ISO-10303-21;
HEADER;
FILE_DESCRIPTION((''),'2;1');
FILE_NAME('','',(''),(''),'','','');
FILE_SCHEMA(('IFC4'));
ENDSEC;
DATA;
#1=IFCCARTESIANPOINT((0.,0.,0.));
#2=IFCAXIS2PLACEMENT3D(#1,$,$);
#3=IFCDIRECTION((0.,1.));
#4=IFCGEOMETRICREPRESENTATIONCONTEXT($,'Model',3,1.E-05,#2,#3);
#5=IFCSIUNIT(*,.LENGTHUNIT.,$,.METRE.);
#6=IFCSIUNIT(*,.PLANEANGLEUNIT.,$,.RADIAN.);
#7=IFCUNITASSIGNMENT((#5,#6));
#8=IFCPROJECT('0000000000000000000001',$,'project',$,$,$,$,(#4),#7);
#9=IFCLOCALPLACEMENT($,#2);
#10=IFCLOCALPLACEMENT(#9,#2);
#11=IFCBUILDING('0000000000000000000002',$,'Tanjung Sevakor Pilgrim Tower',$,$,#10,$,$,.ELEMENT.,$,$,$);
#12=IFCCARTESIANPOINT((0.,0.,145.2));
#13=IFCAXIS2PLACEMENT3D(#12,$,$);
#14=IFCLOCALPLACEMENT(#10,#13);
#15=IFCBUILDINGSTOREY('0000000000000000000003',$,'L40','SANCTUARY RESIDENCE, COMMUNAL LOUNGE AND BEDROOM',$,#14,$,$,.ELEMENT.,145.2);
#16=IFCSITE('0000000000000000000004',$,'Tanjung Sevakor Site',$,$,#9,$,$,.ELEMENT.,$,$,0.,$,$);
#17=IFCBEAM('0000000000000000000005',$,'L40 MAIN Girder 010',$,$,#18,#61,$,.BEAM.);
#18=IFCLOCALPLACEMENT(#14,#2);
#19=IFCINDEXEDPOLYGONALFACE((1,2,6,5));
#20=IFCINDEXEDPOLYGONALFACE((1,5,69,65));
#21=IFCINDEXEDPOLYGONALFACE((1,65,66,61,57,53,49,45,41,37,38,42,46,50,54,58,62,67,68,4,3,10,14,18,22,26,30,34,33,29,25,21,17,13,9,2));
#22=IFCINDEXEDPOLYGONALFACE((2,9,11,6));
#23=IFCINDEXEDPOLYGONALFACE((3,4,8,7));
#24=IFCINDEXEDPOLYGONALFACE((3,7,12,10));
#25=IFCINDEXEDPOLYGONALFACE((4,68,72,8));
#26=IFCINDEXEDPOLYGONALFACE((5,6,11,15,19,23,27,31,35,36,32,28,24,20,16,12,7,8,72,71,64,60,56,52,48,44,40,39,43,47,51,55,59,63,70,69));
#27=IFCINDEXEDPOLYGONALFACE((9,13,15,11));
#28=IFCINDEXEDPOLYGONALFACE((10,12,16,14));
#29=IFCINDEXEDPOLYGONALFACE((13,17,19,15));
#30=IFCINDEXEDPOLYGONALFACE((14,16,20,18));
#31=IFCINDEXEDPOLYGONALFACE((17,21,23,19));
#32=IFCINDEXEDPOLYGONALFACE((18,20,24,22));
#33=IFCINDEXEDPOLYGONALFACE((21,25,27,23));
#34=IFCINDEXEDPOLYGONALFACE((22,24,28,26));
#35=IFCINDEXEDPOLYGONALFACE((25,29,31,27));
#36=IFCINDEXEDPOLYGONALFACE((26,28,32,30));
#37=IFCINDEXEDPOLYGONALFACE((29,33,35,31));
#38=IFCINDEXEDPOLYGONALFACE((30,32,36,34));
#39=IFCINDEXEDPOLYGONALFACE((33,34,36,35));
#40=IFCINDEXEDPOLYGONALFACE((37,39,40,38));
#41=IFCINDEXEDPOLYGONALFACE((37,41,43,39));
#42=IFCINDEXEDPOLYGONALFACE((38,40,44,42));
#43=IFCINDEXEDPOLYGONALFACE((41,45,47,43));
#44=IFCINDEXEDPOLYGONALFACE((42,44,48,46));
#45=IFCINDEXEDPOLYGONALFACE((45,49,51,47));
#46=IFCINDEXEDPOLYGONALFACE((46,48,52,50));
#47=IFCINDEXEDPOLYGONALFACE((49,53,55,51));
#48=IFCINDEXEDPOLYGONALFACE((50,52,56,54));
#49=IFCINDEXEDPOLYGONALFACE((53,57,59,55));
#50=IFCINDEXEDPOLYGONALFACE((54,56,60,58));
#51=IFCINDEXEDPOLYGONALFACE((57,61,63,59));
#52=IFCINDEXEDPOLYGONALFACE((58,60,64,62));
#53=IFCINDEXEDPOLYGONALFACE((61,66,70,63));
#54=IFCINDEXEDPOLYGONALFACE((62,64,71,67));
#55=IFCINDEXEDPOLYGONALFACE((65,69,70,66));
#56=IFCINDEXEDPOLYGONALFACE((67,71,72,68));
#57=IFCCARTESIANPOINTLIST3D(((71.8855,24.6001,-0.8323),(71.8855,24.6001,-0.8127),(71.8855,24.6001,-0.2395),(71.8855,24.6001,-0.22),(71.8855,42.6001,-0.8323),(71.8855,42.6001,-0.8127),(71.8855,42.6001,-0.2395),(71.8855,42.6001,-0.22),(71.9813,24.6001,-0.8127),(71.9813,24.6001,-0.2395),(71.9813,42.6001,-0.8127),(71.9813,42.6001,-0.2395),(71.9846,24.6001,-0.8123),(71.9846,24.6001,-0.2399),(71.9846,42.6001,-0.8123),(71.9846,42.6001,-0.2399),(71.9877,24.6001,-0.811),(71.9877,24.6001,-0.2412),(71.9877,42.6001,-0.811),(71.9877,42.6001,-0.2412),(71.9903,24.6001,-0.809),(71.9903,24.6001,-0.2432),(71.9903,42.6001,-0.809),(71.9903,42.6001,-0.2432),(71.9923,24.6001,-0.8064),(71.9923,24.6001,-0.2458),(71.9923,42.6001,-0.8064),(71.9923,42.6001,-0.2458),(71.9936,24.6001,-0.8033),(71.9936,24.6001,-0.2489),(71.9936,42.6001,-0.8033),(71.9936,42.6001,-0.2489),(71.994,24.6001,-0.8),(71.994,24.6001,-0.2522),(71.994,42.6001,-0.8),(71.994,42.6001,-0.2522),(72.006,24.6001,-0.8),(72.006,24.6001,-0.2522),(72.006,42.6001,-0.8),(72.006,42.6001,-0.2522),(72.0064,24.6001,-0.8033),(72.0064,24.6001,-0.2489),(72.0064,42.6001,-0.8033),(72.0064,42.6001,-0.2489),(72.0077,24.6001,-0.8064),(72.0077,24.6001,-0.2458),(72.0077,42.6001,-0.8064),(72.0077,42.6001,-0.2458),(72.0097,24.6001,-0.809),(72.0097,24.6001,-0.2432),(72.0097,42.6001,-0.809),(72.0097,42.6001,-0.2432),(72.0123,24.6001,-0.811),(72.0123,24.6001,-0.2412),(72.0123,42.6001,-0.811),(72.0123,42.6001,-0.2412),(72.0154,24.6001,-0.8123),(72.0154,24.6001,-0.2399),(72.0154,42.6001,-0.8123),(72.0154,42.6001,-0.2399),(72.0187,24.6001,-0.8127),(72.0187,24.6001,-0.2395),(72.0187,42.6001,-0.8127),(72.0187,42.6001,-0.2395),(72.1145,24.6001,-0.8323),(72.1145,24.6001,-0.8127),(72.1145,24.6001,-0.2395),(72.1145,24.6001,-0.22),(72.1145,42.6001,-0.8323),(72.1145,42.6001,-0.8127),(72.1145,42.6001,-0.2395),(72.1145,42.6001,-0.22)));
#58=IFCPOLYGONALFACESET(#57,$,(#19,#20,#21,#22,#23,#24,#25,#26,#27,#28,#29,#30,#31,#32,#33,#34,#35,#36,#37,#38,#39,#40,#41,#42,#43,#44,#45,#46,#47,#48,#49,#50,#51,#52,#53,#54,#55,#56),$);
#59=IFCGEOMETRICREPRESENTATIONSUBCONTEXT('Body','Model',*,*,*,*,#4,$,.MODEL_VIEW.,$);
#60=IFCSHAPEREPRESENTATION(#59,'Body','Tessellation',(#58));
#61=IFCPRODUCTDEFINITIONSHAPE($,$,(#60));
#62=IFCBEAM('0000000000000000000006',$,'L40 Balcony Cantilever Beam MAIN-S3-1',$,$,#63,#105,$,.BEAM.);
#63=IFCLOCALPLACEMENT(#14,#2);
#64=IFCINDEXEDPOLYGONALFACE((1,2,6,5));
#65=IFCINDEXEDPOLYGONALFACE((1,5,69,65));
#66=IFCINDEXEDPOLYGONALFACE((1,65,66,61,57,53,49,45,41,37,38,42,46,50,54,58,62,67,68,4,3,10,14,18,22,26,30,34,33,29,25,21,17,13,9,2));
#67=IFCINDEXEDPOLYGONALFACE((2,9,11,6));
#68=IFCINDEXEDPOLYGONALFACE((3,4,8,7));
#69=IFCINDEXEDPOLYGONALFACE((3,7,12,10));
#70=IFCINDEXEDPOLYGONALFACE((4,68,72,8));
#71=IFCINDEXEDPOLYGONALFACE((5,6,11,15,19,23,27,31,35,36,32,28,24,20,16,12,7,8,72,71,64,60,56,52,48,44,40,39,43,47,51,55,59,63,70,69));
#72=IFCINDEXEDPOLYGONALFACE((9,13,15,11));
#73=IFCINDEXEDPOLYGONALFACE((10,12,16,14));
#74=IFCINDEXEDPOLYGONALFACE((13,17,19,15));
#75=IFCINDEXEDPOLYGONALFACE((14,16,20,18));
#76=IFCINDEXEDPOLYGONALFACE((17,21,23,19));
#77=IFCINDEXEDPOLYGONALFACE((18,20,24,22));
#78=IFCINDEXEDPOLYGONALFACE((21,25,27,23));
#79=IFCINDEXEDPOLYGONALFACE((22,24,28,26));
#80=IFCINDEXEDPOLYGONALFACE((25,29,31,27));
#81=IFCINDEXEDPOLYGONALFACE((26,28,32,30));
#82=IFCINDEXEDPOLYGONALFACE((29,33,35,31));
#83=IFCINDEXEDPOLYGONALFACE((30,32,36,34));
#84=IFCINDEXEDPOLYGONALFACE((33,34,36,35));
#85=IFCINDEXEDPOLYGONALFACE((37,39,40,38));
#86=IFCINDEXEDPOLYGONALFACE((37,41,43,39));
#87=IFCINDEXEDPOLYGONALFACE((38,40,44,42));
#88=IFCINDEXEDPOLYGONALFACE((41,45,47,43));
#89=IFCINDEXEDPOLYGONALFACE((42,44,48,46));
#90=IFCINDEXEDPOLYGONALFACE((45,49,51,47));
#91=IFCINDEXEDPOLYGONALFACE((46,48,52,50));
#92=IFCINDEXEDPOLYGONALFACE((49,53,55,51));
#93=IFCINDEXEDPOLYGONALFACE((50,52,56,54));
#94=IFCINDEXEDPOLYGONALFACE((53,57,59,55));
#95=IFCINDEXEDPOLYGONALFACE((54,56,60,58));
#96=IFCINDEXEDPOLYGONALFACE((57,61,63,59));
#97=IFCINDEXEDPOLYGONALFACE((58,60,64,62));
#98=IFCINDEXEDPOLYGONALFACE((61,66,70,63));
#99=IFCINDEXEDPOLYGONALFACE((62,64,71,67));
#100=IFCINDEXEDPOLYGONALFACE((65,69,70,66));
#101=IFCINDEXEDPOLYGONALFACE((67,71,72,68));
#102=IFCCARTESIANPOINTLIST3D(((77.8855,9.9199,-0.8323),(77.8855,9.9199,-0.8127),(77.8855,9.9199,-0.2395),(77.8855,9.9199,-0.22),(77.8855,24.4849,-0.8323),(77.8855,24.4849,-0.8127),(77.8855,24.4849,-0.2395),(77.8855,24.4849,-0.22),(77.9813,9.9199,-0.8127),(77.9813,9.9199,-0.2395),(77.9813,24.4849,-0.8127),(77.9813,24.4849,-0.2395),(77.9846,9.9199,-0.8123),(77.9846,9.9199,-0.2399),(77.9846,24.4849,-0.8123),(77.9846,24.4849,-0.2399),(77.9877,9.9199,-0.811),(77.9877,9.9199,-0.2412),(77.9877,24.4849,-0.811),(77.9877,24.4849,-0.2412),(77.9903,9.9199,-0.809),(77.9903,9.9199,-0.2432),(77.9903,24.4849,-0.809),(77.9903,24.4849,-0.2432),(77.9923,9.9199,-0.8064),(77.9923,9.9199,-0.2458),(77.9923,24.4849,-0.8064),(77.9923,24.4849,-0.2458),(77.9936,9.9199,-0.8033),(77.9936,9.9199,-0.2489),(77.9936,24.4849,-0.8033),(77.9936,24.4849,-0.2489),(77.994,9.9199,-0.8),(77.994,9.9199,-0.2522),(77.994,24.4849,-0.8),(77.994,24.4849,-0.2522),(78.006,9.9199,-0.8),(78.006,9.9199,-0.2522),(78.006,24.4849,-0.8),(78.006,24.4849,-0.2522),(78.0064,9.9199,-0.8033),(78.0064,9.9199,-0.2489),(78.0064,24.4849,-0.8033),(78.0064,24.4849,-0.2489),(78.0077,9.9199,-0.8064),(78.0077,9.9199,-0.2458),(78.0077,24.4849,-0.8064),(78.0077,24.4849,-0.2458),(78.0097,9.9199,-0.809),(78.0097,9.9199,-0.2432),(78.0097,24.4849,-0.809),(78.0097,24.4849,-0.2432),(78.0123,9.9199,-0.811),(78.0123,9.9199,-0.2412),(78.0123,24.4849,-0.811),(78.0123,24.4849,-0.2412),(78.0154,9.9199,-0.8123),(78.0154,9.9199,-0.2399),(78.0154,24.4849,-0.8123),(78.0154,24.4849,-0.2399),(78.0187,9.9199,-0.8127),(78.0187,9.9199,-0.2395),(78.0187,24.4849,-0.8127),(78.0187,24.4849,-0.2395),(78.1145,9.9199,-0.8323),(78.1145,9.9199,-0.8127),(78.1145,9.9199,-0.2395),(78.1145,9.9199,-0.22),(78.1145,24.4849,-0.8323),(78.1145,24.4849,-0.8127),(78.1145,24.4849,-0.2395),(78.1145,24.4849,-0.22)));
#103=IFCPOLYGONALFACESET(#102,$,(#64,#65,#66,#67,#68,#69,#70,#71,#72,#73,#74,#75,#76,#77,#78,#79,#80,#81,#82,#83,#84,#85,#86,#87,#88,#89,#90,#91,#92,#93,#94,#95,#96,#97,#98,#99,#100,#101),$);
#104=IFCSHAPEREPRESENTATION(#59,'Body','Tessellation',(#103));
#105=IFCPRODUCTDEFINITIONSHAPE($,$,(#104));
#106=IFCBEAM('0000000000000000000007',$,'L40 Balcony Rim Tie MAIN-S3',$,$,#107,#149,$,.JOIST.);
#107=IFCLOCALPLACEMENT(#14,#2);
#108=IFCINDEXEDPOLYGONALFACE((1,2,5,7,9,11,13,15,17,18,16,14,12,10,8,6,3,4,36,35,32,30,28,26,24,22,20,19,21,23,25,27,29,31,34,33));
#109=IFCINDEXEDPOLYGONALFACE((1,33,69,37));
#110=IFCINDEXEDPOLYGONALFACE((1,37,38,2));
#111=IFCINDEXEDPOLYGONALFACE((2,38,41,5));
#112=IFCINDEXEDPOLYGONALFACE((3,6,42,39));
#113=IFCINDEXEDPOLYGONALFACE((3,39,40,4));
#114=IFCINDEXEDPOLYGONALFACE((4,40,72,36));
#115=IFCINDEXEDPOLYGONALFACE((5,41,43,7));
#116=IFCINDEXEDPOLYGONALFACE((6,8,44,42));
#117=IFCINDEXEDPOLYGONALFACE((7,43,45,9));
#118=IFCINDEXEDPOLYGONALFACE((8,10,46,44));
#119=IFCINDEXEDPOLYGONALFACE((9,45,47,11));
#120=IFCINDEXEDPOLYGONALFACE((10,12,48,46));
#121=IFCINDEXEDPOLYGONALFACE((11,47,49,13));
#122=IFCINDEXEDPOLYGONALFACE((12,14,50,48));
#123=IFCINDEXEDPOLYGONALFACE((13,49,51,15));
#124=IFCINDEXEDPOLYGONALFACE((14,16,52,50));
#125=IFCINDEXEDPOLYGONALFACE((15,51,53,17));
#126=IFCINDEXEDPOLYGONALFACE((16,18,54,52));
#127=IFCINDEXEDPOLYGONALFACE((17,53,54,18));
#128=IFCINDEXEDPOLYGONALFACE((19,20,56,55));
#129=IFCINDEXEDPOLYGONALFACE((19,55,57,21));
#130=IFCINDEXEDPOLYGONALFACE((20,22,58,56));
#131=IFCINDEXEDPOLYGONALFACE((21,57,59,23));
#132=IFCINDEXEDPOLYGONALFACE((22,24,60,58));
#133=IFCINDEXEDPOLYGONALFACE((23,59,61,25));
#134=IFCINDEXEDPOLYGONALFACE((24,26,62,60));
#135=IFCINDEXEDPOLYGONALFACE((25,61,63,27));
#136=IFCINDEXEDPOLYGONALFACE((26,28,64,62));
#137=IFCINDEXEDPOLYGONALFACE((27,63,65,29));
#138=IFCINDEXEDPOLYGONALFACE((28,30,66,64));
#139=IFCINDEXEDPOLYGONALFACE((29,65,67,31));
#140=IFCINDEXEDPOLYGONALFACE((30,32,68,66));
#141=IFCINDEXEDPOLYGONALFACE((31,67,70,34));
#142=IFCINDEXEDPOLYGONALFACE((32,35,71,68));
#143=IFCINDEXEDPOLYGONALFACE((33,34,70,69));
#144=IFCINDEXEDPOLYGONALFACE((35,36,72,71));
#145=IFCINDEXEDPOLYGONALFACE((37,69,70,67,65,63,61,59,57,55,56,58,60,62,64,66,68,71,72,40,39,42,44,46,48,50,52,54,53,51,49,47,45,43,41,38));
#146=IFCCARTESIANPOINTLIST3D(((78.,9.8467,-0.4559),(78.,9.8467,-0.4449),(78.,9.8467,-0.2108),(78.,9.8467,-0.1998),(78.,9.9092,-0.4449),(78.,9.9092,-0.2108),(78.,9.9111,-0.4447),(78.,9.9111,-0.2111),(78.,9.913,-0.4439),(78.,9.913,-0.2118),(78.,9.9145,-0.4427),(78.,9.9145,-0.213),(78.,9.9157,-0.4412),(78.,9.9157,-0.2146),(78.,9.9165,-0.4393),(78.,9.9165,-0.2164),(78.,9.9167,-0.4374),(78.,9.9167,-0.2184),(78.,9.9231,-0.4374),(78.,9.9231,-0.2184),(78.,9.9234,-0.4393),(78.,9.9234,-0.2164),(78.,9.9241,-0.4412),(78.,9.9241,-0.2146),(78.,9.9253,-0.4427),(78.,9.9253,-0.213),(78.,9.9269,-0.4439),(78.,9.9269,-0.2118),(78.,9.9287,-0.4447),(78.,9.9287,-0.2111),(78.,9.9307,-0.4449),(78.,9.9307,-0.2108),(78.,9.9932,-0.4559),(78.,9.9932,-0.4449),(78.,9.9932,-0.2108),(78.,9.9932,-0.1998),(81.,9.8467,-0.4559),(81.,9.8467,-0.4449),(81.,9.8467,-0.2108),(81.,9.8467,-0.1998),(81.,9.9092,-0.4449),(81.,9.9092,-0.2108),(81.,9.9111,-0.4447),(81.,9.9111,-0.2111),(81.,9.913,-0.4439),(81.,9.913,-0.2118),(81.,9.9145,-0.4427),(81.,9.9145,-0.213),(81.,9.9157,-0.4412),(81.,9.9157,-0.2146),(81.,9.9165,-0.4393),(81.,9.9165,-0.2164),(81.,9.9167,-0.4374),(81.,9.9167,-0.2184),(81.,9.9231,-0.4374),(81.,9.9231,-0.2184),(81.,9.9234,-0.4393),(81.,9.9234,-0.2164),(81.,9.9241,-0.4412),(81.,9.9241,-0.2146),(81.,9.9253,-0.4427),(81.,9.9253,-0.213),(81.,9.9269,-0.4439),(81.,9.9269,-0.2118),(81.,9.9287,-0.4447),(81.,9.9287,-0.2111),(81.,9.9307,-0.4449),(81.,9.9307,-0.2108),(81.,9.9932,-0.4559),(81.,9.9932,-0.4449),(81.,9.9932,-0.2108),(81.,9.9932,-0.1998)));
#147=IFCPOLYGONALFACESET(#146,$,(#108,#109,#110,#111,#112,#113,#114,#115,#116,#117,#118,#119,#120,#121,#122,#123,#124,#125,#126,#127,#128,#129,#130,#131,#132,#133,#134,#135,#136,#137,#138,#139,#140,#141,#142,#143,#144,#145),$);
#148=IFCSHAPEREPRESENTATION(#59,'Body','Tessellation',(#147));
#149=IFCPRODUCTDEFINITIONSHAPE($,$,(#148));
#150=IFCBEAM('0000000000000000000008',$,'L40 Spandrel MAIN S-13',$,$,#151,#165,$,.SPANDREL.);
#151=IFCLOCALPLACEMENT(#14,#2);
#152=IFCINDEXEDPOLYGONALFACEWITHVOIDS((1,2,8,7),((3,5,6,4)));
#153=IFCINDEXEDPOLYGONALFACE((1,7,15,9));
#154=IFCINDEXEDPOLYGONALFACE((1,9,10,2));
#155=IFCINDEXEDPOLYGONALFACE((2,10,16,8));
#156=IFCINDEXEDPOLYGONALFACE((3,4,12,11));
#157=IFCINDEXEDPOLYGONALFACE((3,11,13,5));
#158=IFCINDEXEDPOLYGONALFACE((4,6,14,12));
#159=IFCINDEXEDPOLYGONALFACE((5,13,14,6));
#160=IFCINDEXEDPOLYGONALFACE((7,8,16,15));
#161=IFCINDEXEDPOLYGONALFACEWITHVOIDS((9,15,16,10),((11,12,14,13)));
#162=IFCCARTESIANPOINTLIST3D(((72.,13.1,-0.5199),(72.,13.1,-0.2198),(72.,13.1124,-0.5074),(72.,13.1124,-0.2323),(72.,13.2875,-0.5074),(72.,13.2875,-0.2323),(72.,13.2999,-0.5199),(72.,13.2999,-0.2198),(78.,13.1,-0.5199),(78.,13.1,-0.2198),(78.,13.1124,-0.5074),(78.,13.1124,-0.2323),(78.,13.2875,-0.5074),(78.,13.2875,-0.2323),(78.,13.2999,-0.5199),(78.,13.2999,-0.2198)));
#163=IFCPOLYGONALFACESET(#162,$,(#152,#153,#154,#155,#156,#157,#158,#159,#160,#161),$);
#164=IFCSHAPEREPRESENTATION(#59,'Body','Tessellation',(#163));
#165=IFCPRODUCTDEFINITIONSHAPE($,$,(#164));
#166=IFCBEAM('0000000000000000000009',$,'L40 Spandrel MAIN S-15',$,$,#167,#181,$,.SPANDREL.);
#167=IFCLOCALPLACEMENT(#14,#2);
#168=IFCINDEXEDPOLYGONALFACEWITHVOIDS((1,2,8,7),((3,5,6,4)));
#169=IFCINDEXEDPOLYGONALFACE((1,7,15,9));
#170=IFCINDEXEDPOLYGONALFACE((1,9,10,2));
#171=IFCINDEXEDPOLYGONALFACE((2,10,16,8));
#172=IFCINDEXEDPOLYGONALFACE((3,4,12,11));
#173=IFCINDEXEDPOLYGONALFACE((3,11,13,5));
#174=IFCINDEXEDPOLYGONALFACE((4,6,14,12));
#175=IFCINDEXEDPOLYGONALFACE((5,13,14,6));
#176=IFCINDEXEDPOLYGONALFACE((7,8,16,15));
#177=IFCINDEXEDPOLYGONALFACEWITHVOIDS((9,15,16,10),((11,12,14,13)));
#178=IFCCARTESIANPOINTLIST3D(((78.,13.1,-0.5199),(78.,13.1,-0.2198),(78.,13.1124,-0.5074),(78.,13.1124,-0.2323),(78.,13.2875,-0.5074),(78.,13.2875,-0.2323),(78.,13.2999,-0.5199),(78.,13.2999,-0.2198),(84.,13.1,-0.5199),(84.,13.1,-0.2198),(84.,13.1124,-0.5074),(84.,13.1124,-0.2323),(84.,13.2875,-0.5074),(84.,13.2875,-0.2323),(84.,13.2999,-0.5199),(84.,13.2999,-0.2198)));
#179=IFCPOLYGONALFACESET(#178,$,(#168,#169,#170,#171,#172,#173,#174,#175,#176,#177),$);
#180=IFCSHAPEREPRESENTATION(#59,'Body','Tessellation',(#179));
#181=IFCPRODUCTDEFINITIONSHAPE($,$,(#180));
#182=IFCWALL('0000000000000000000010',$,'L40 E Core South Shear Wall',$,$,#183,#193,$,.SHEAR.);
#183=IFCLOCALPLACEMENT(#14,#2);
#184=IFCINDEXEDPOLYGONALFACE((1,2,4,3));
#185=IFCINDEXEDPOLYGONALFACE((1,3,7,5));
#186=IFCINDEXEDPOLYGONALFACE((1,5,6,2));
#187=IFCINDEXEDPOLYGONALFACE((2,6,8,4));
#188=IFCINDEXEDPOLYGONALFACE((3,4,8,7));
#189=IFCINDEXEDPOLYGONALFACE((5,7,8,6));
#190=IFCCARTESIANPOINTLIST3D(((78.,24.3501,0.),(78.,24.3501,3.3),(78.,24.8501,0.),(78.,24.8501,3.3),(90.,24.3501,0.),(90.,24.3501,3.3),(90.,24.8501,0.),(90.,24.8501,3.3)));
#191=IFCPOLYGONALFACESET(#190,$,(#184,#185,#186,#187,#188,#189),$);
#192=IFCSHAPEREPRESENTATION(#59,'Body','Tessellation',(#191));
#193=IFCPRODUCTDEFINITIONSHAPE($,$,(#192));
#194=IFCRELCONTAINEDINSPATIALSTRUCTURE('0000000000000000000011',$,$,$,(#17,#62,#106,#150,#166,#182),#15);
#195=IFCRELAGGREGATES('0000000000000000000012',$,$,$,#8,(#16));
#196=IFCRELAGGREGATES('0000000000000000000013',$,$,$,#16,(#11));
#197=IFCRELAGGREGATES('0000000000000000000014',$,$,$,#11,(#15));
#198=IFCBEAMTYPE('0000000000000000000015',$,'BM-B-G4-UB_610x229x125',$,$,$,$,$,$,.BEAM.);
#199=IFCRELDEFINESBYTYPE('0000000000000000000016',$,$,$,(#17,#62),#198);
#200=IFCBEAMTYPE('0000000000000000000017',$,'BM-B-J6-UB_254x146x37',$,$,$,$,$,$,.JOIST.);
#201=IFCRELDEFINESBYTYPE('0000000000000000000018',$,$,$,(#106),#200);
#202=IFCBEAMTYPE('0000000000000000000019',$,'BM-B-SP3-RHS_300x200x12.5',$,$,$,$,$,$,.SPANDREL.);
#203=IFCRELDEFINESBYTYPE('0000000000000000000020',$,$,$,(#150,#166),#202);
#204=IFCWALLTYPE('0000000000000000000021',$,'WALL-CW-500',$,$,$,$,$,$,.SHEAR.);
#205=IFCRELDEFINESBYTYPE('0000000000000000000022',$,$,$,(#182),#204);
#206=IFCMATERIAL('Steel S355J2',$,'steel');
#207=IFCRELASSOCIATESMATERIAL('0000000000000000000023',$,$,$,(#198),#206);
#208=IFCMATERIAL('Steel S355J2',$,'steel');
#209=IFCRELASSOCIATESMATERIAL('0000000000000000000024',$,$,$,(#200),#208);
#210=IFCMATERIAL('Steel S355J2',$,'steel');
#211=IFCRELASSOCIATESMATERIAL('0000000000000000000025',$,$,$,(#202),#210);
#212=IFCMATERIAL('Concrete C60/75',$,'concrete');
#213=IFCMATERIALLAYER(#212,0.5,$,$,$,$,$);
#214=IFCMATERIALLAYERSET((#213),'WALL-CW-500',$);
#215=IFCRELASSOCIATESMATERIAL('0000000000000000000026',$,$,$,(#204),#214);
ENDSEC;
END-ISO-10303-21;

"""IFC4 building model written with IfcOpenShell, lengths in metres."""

from ifc_helpers import new_model, si_unit, direction, frame, frame_2d, origin, origin_2d, place, context, subcontext, project, spatial, rectangle, hollow_rectangle, i_section, extrude, material, layer, layer_set, material_profile, profile_set, type_object, element, save


model = new_model("IFC4")

# Units and contexts
model_context = context("Model", 3, precision=1e-05, world=origin(), true_north=direction((0.0, 1.0)))
body_context = subcontext(model_context, "Body", "Model", "MODEL_VIEW")
ifc_project = project(units=[si_unit("LENGTHUNIT", "METRE"), si_unit("PLANEANGLEUNIT", "RADIAN")], contexts=[model_context])

# Site, building, storey
site_placement = place(None, origin())
site = spatial("IfcSite", under=ifc_project, at=site_placement, Name="Tanjung Sevakor Site", CompositionType="ELEMENT", RefElevation=0.0)
building_placement = place(site_placement, origin())
building = spatial("IfcBuilding", under=site, at=building_placement, Name="Tanjung Sevakor Pilgrim Tower", CompositionType="ELEMENT")
storey_placement = place(building_placement, frame((0.0, 0.0, 145.2)))
storey = spatial("IfcBuildingStorey", under=building, at=storey_placement, Name="L40", Description="SANCTUARY RESIDENCE, COMMUNAL LOUNGE AND BEDROOM", CompositionType="ELEMENT", Elevation=145.2)

# Beams
ifc_material_1 = material(Name="Steel S355J2", Category="steel")
ifc_material_profile_1 = material_profile(ifc_material_1, i_section(OverallWidth=0.229, OverallDepth=0.6123, WebThickness=0.012, FlangeThickness=0.0195, FilletRadius=0.0127, at=origin_2d()))
ifc_profile_set_1 = profile_set([ifc_material_profile_1], Name="Steel S355J2")
beam_type_1 = type_object("IfcBeamType", Name="BM-B-G4-UB_610x229x125", PredefinedType="BEAM", material=ifc_profile_set_1)
beam_1_placement = place(storey_placement, frame((72.0, 24.6001, -0.5261), z_axis=(0.0, 1.0, 0.0), x_axis=(-1.0, 0.0, 0.0)))
element("IfcBeam", 1, at=beam_1_placement, inside=storey, type_object=beam_type_1, Name="L40 MAIN Girder 010", PredefinedType="BEAM", context=body_context, shape_type="SweptSolid", body=[
    extrude(i_section(OverallWidth=0.229, OverallDepth=0.6123, WebThickness=0.012, FlangeThickness=0.0195, FilletRadius=0.0127, at=origin_2d()), origin(), (0.0, 0.0, 1.0), 18.0),
])
beam_2_placement = place(storey_placement, frame((78.0, 24.4849, -0.5261), z_axis=(0.0, -1.0, 0.0), x_axis=(1.0, 0.0, 0.0)))
element("IfcBeam", 2, at=beam_2_placement, inside=storey, type_object=beam_type_1, Name="L40 Balcony Cantilever Beam MAIN-S3-1", PredefinedType="BEAM", context=body_context, shape_type="SweptSolid", body=[
    extrude(i_section(OverallWidth=0.229, OverallDepth=0.6123, WebThickness=0.012, FlangeThickness=0.0195, FilletRadius=0.0127, at=origin_2d()), origin(), (0.0, 0.0, 1.0), 14.5649),
])
ifc_material_2 = material(Name="Steel S355J2", Category="steel")
ifc_material_profile_2 = material_profile(ifc_material_2, i_section(OverallWidth=0.1465, OverallDepth=0.2561, WebThickness=0.0063, FlangeThickness=0.011, FilletRadius=0.0076, at=origin_2d()))
ifc_profile_set_2 = profile_set([ifc_material_profile_2], Name="Steel S355J2")
beam_type_2 = type_object("IfcBeamType", Name="BM-B-J6-UB_254x146x37", PredefinedType="JOIST", material=ifc_profile_set_2)
beam_3_placement = place(storey_placement, frame((78.0, 9.9199, -0.3279), z_axis=(1.0, 0.0, 0.0), x_axis=(0.0, 1.0, 0.0)))
element("IfcBeam", 3, at=beam_3_placement, inside=storey, type_object=beam_type_2, Name="L40 Balcony Rim Tie MAIN-S3", PredefinedType="JOIST", context=body_context, shape_type="SweptSolid", body=[
    extrude(i_section(OverallWidth=0.1465, OverallDepth=0.2561, WebThickness=0.0063, FlangeThickness=0.011, FilletRadius=0.0076, at=origin_2d()), origin(), (0.0, 0.0, 1.0), 3.0),
])
ifc_material_3 = material(Name="Steel S355J2", Category="steel")
ifc_material_profile_3 = material_profile(ifc_material_3, hollow_rectangle(XDim=0.2, YDim=0.3, WallThickness=0.0125, at=origin_2d()))
ifc_profile_set_3 = profile_set([ifc_material_profile_3], Name="Steel S355J2")
beam_type_3 = type_object("IfcBeamType", Name="BM-B-SP3-RHS_300x200x12.5", PredefinedType="SPANDREL", material=ifc_profile_set_3)
for number, where, z_axis, x_axis, name in (
    (4, (72.0, 13.2, -0.3699), (1.0, 0.0, 0.0), (0.0, 1.0, 0.0), "L40 Spandrel MAIN S-13"),
    (5, (78.0, 13.2, -0.3699), (1.0, 0.0, 0.0), (0.0, 1.0, 0.0), "L40 Spandrel MAIN S-15"),
):
    element("IfcBeam", number, at=place(storey_placement, frame(where, z_axis=z_axis, x_axis=x_axis)), inside=storey, type_object=beam_type_3, Name=name, PredefinedType="SPANDREL", context=body_context, shape_type="SweptSolid", body=[
        extrude(hollow_rectangle(XDim=0.2, YDim=0.3, WallThickness=0.0125, at=origin_2d()), origin(), (0.0, 0.0, 1.0), 6.0),
    ])

# Wall
ifc_material_4 = material(Name="Concrete C60/75", Category="concrete")
ifc_layer_1 = layer(ifc_material_4, 0.5)
ifc_layer_set_1 = layer_set([ifc_layer_1], Name="WALL-CW-500")
wall_type_1 = type_object("IfcWallType", Name="WALL-CW-500", PredefinedType="SHEAR", material=ifc_layer_set_1)
wall_1_placement = place(storey_placement, frame((78.0, 24.6001, 0.0), z_axis=(0.0, 0.0, 1.0), x_axis=(1.0, 0.0, 0.0)))
element("IfcWall", 6, at=wall_1_placement, inside=storey, type_object=wall_type_1, Name="L40 E Core South Shear Wall", PredefinedType="SHEAR", context=body_context, shape_type="SweptSolid", body=[
    extrude(rectangle(XDim=12.0, YDim=0.5, at=frame_2d((6.0, 0.0))), origin(), (0.0, 0.0, 1.0), 3.3),
])

save(model, "model.ifc")
